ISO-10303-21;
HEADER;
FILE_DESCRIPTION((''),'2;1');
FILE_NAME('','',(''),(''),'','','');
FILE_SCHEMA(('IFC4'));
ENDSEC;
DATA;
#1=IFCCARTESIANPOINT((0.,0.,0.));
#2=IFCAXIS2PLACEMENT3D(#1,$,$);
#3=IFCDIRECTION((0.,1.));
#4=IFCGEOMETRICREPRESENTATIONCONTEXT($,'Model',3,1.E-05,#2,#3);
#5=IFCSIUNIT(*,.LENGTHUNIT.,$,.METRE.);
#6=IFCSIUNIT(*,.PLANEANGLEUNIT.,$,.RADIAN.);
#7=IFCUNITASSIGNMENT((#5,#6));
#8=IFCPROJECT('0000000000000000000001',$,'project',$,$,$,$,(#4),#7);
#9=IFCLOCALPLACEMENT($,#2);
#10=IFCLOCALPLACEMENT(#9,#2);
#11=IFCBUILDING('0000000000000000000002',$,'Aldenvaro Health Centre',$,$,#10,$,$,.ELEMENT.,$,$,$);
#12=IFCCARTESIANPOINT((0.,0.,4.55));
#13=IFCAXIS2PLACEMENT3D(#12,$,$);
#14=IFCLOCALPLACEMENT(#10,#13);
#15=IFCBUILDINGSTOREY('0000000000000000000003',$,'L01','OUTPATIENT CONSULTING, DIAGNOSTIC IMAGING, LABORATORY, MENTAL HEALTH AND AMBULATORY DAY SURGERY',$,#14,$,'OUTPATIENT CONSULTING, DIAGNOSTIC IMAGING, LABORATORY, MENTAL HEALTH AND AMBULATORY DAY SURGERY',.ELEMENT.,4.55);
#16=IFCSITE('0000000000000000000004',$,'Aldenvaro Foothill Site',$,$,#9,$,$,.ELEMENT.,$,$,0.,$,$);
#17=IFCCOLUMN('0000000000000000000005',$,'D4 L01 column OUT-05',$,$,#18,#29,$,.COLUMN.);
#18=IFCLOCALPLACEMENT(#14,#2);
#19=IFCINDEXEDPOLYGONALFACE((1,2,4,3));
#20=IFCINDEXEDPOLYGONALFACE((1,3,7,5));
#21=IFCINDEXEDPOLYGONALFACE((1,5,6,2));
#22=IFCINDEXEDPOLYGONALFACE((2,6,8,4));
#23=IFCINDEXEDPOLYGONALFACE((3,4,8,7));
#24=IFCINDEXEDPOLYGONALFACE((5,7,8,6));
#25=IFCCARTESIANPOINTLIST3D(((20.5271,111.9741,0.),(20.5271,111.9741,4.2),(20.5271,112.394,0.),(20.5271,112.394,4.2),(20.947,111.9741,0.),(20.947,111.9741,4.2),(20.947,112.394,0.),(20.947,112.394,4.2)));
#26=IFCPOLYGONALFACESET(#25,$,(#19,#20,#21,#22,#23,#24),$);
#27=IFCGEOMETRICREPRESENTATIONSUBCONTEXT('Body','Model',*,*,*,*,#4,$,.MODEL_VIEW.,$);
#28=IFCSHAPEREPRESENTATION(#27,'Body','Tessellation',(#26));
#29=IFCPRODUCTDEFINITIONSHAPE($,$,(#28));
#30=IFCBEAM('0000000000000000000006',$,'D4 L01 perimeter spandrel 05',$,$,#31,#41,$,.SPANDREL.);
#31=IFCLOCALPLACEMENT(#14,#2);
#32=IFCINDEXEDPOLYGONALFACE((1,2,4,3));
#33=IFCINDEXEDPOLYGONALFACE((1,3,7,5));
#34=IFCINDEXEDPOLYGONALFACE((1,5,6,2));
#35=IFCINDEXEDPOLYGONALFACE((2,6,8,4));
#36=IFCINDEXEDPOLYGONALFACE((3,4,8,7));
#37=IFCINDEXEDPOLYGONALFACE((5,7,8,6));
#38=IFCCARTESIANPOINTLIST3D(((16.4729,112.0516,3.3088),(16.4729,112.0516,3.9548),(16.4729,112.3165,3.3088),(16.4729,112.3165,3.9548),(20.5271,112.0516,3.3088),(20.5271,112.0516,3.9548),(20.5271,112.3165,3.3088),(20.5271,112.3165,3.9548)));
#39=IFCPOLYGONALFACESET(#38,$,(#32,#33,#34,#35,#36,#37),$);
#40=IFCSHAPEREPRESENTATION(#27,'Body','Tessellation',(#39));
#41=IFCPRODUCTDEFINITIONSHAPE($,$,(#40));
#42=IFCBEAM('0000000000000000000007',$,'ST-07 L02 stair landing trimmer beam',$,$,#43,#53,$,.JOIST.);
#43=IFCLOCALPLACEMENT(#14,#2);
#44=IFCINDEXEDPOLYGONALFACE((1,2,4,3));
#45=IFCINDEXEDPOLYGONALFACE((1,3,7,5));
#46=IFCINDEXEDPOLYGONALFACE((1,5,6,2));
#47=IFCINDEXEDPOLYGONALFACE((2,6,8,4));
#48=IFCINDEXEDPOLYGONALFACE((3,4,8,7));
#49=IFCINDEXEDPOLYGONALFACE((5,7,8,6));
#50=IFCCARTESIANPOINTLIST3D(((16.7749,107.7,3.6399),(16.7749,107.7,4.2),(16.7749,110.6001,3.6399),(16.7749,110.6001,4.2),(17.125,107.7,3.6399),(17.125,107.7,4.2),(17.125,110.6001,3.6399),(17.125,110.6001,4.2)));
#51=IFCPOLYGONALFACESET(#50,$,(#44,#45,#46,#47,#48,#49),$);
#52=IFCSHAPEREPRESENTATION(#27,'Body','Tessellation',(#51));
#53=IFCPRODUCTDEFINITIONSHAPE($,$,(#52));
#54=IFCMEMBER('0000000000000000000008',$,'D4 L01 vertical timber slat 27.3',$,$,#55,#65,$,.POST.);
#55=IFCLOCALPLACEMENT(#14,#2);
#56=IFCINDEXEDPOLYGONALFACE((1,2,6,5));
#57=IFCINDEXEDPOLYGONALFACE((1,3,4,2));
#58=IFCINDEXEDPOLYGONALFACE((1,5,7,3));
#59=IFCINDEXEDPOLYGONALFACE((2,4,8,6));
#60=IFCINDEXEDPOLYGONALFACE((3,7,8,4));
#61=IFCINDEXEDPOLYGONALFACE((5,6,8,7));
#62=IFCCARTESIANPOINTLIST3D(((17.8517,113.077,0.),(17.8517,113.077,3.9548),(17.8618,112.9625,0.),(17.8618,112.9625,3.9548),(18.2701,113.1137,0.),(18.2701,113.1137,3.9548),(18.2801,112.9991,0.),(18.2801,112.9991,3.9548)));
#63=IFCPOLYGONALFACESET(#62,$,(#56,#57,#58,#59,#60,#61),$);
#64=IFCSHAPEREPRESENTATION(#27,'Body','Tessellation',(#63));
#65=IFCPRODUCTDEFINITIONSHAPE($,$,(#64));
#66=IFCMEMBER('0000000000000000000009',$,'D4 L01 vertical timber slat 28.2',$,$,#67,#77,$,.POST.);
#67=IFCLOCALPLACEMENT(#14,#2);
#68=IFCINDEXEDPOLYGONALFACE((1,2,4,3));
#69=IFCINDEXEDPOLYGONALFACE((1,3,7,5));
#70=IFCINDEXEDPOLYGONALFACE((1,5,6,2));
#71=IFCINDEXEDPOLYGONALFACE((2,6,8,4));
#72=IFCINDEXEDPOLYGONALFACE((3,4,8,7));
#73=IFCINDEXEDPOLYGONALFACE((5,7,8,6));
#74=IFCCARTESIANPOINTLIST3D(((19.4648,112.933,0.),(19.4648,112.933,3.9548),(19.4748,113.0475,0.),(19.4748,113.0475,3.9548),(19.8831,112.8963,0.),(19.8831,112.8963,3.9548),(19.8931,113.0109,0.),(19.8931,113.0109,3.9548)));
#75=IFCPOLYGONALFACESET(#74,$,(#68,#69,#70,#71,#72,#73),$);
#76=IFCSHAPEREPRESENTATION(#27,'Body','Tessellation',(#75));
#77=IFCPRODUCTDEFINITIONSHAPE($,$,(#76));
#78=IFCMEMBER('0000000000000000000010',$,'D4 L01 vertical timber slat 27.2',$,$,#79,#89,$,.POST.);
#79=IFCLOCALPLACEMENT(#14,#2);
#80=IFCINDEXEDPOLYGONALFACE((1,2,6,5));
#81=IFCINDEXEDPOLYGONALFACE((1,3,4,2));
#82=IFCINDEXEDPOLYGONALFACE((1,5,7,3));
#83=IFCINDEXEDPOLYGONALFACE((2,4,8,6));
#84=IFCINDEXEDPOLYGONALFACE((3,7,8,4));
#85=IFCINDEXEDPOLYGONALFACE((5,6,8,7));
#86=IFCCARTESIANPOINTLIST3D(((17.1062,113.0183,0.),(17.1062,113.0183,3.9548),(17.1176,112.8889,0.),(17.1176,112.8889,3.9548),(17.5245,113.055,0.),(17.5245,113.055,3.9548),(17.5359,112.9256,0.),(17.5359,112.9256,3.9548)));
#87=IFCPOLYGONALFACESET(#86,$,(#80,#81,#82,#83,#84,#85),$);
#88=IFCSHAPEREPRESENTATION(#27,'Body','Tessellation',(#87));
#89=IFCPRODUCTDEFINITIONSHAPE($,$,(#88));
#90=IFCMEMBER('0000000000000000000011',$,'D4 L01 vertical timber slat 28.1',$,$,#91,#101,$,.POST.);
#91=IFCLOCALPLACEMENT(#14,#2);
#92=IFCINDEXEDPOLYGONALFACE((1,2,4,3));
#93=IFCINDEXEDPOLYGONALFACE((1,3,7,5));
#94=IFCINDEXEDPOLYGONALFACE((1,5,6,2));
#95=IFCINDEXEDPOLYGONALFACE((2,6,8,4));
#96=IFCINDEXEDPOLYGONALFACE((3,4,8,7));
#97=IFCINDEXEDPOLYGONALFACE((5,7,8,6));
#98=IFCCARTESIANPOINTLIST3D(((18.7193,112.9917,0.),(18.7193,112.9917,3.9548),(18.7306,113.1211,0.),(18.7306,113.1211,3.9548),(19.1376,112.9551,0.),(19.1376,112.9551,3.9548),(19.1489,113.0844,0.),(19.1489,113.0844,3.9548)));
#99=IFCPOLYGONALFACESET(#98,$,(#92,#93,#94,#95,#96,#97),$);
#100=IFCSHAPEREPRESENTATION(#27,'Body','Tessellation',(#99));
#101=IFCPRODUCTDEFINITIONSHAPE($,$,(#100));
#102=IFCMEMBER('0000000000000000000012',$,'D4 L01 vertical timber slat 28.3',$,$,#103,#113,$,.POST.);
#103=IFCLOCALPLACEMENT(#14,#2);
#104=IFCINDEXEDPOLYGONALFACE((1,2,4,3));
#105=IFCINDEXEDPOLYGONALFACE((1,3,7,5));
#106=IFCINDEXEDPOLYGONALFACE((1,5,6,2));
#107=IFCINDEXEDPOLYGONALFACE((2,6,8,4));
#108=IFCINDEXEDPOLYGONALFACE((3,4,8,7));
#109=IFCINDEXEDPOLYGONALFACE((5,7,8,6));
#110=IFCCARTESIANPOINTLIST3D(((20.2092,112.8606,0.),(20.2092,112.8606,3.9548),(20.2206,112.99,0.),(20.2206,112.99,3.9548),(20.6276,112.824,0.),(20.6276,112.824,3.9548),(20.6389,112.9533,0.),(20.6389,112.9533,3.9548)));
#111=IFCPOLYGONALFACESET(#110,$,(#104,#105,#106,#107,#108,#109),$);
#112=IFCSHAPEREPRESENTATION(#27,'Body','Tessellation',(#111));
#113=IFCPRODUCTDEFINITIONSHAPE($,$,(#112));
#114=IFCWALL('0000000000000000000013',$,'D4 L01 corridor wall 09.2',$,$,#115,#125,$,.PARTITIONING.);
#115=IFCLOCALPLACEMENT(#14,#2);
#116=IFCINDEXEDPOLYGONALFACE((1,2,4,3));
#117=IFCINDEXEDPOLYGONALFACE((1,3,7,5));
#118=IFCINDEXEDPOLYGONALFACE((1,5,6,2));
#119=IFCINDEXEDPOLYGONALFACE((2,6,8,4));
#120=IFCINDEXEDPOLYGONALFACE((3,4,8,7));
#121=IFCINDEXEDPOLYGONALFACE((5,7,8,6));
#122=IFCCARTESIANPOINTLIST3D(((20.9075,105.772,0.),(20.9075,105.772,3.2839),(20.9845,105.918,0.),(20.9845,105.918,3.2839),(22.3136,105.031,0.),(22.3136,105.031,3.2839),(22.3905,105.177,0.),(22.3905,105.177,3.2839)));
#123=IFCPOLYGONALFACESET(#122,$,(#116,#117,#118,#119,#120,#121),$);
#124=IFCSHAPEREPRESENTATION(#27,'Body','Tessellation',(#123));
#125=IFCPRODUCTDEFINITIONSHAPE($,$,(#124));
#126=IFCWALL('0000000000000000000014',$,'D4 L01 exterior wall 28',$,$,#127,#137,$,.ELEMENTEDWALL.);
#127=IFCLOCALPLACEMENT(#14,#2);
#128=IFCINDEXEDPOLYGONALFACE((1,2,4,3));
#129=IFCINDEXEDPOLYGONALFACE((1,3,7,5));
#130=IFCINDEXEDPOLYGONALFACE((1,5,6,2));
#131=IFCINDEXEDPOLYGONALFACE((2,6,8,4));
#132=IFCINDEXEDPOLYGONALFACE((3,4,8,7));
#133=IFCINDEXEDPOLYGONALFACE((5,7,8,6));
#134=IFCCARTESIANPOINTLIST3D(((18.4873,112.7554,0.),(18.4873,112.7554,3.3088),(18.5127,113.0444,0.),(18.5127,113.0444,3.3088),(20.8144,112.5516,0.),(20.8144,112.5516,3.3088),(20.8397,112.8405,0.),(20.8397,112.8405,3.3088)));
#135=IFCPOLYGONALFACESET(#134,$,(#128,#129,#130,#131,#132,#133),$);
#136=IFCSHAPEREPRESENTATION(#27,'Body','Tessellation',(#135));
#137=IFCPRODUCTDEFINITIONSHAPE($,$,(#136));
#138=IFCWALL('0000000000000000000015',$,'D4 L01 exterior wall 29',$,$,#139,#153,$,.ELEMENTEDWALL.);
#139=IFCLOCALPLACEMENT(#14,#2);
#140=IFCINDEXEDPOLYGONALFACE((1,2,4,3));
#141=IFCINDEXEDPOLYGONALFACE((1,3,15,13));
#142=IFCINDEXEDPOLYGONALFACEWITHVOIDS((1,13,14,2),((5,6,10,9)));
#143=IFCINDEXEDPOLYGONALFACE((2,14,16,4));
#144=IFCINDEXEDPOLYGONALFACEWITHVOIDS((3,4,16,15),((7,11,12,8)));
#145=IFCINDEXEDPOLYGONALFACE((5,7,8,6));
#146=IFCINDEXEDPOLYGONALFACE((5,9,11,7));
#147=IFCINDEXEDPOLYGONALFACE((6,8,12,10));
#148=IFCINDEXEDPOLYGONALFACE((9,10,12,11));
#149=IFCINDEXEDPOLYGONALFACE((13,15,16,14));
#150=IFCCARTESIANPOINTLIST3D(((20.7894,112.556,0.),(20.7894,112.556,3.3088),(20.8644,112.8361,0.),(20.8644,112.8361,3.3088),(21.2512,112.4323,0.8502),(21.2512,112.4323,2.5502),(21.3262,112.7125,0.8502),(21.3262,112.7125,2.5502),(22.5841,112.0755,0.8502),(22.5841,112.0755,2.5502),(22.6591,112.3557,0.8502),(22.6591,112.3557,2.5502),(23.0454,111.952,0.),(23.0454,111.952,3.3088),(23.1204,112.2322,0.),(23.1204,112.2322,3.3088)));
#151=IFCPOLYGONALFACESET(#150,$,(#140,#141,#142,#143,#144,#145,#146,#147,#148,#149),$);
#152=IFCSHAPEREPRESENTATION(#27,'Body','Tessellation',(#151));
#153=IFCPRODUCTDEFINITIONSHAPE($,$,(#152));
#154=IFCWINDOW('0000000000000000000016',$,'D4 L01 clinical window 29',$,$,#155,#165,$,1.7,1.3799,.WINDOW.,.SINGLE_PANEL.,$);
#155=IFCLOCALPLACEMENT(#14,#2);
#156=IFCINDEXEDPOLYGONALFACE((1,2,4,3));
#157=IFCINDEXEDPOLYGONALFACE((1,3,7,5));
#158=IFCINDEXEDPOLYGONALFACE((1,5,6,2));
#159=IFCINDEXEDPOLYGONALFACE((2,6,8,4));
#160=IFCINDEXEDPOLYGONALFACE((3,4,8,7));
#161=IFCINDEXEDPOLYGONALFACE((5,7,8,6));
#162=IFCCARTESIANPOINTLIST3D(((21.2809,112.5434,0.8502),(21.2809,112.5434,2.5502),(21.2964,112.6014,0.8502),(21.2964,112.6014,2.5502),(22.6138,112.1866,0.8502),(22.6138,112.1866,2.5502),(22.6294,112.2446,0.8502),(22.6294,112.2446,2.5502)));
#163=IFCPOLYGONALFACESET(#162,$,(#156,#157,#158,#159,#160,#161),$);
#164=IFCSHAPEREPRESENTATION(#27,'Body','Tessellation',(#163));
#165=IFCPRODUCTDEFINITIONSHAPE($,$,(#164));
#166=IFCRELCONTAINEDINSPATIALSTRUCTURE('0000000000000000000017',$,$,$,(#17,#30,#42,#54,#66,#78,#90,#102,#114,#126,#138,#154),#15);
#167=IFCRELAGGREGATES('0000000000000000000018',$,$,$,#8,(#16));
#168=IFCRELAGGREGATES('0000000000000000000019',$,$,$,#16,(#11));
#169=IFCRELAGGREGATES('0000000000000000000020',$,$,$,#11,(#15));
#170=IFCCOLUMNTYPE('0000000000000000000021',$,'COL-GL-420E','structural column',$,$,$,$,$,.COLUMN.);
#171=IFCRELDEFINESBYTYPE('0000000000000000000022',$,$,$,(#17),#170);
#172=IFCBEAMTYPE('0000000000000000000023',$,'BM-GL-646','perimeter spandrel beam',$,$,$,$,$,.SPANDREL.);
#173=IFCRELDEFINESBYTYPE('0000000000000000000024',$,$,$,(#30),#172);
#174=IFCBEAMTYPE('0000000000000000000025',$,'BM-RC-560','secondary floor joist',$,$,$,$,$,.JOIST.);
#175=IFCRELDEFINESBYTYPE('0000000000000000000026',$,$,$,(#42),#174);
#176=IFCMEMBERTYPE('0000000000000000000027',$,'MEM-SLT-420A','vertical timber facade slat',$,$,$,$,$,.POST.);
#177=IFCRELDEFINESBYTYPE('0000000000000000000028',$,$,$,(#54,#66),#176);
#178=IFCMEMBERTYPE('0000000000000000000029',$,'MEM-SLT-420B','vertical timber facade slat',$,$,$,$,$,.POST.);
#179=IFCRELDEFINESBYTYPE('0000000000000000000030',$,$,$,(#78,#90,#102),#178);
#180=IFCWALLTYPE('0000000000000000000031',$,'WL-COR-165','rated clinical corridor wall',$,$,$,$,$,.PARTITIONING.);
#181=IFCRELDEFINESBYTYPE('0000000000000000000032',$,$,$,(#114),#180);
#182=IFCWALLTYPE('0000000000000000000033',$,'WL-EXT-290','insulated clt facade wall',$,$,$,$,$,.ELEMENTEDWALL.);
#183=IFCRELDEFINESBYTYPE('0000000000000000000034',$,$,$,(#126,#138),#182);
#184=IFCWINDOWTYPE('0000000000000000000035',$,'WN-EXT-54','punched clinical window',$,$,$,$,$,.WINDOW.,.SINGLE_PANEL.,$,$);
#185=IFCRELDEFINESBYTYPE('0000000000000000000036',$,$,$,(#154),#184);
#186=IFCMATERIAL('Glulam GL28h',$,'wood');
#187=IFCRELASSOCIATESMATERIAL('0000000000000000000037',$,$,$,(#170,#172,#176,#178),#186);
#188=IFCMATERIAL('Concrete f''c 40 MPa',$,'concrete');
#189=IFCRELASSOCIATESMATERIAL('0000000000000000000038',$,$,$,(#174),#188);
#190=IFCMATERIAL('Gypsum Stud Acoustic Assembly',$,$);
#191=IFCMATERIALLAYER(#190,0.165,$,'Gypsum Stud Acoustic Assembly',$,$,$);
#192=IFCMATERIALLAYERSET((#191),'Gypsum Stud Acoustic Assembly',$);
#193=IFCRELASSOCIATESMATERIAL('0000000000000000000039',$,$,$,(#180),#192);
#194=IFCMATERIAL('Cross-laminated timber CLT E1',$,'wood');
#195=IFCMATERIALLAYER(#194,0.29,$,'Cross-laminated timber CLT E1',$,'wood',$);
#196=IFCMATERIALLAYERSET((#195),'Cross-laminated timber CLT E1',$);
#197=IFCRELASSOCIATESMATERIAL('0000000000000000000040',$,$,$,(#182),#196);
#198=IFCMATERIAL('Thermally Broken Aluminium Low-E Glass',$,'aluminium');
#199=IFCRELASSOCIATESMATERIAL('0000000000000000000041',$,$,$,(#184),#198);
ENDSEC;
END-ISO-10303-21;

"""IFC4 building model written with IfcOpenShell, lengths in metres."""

from ifc_helpers import new_model, si_unit, direction, frame, frame_2d, origin, origin_2d, place, context, subcontext, project, spatial, rectangle, extrude, material, layer, layer_set, material_profile, profile_set, type_object, element, fill, save


model = new_model("IFC4")

# Units and contexts
model_context = context("Model", 3, precision=1e-05, world=origin(), true_north=direction((0.0, 1.0)))
body_context = subcontext(model_context, "Body", "Model", "MODEL_VIEW")
ifc_project = project(units=[si_unit("LENGTHUNIT", "METRE"), si_unit("PLANEANGLEUNIT", "RADIAN")], contexts=[model_context])

# Site, building, storey
site_placement = place(None, origin())
site = spatial("IfcSite", under=ifc_project, at=site_placement, Name="Aldenvaro Foothill Site", CompositionType="ELEMENT", RefElevation=0.0)
building_placement = place(site_placement, origin())
building = spatial("IfcBuilding", under=site, at=building_placement, Name="Aldenvaro Health Centre", CompositionType="ELEMENT")
storey_placement = place(building_placement, frame((0.0, 0.0, 4.55)))
storey = spatial("IfcBuildingStorey", under=building, at=storey_placement, Name="L01", Description="OUTPATIENT CONSULTING, DIAGNOSTIC IMAGING, LABORATORY, MENTAL HEALTH AND AMBULATORY DAY SURGERY", LongName="OUTPATIENT CONSULTING, DIAGNOSTIC IMAGING, LABORATORY, MENTAL HEALTH AND AMBULATORY DAY SURGERY", CompositionType="ELEMENT", Elevation=4.55)

# Column
ifc_material_1 = material(Name="Glulam GL28h", Category="wood")
ifc_material_profile_1 = material_profile(ifc_material_1, rectangle(XDim=0.4199, YDim=0.4199, at=origin_2d()), Name="GL 420x420", Category="wood")
ifc_profile_set_1 = profile_set([ifc_material_profile_1], Name="Glulam GL28h")
column_type = type_object("IfcColumnType", Name="COL-GL-420E", Description="structural column", PredefinedType="COLUMN", material=ifc_profile_set_1)
column_placement = place(storey_placement, frame((20.7371, 112.1841, 0.0), z_axis=(0.0, 0.0, 1.0), x_axis=(1.0, 0.0, 0.0)))
element("IfcColumn", 1, at=column_placement, inside=storey, type_object=column_type, Name="D4 L01 column OUT-05", PredefinedType="COLUMN", context=body_context, shape_type="SweptSolid", body=[
    extrude(rectangle(XDim=0.4199, YDim=0.4199, at=origin_2d()), origin(), (0.0, 0.0, 1.0), 4.2),
])

# Beams
ifc_material_profile_2 = material_profile(ifc_material_1, rectangle(XDim=0.2649, YDim=0.646, at=origin_2d()), Name="GL 265x646", Category="wood")
ifc_profile_set_2 = profile_set([ifc_material_profile_2], Name="Glulam GL28h")
beam_type_1 = type_object("IfcBeamType", Name="BM-GL-646", Description="perimeter spandrel beam", PredefinedType="SPANDREL", material=ifc_profile_set_2)
beam_1_placement = place(storey_placement, frame((20.5271, 112.1841, 3.6318), z_axis=(-1.0, 0.0, 0.0), x_axis=(0.0, -1.0, 0.0)))
element("IfcBeam", 2, at=beam_1_placement, inside=storey, type_object=beam_type_1, Name="D4 L01 perimeter spandrel 05", PredefinedType="SPANDREL", context=body_context, shape_type="SweptSolid", body=[
    extrude(rectangle(XDim=0.2649, YDim=0.646, at=origin_2d()), origin(), (0.0, 0.0, 1.0), 4.0542),
])
ifc_material_2 = material(Name="Concrete f'c 40 MPa", Category="concrete")
ifc_material_profile_3 = material_profile(ifc_material_2, rectangle(XDim=0.3501, YDim=0.5601, at=origin_2d()), Name="RC 350x560", Category="concrete")
ifc_profile_set_3 = profile_set([ifc_material_profile_3], Name="Concrete f'c 40 MPa")
beam_type_2 = type_object("IfcBeamType", Name="BM-RC-560", Description="secondary floor joist", PredefinedType="JOIST", material=ifc_profile_set_3)
beam_2_placement = place(storey_placement, frame((16.95, 107.7, 3.9199), z_axis=(0.0, 1.0, 0.0), x_axis=(-1.0, 0.0, 0.0)))
element("IfcBeam", 3, at=beam_2_placement, inside=storey, type_object=beam_type_2, Name="ST-07 L02 stair landing trimmer beam", PredefinedType="JOIST", context=body_context, shape_type="SweptSolid", body=[
    extrude(rectangle(XDim=0.3501, YDim=0.5601, at=origin_2d()), origin(), (0.0, 0.0, 1.0), 2.9001),
])

# Members
ifc_material_profile_4 = material_profile(ifc_material_1, rectangle(XDim=0.115, YDim=0.4199, at=origin_2d()), Name="GL 115x420", Category="wood")
ifc_profile_set_4 = profile_set([ifc_material_profile_4], Name="Glulam GL28h")
member_type_1 = type_object("IfcMemberType", Name="MEM-SLT-420A", Description="vertical timber facade slat", PredefinedType="POST", material=ifc_profile_set_4)
for number, where, z_axis, x_axis, name in (
    (4, (18.0659, 113.0381, 0.0), (0.0, 0.0, 1.0), (-0.087332, 0.996179, 0.0), "D4 L01 vertical timber slat 27.3"),
    (5, (19.679, 112.9719, 0.0), (0.0, 0.0, 1.0), (0.087332, 0.996179, 0.0), "D4 L01 vertical timber slat 28.2"),
):
    element("IfcMember", number, at=place(storey_placement, frame(where, z_axis=z_axis, x_axis=x_axis)), inside=storey, type_object=member_type_1, Name=name, PredefinedType="POST", context=body_context, shape_type="SweptSolid", body=[
        extrude(rectangle(XDim=0.115, YDim=0.4199, at=origin_2d()), origin(), (0.0, 0.0, 1.0), 3.9548),
    ])
ifc_material_profile_5 = material_profile(ifc_material_1, rectangle(XDim=0.1299, YDim=0.4199, at=origin_2d()), Name="GL 130x420", Category="wood")
ifc_profile_set_5 = profile_set([ifc_material_profile_5], Name="Glulam GL28h")
member_type_2 = type_object("IfcMemberType", Name="MEM-SLT-420B", Description="vertical timber facade slat", PredefinedType="POST", material=ifc_profile_set_5)
for number, where, z_axis, x_axis, name in (
    (6, (17.321, 112.9719, 0.0), (0.0, 0.0, 1.0), (-0.087332, 0.996179, 0.0), "D4 L01 vertical timber slat 27.2"),
    (7, (18.9341, 113.0381, 0.0), (0.0, 0.0, 1.0), (0.087332, 0.996179, 0.0), "D4 L01 vertical timber slat 28.1"),
    (8, (20.4241, 112.907, 0.0), (0.0, 0.0, 1.0), (0.087332, 0.996179, 0.0), "D4 L01 vertical timber slat 28.3"),
):
    element("IfcMember", number, at=place(storey_placement, frame(where, z_axis=z_axis, x_axis=x_axis)), inside=storey, type_object=member_type_2, Name=name, PredefinedType="POST", context=body_context, shape_type="SweptSolid", body=[
        extrude(rectangle(XDim=0.1299, YDim=0.4199, at=origin_2d()), origin(), (0.0, 0.0, 1.0), 3.9548),
    ])

# Walls
ifc_material_3 = material(Name="Gypsum Stud Acoustic Assembly")
ifc_layer_1 = layer(ifc_material_3, 0.165, Name="Gypsum Stud Acoustic Assembly")
ifc_layer_set_1 = layer_set([ifc_layer_1], Name="Gypsum Stud Acoustic Assembly")
wall_type_1 = type_object("IfcWallType", Name="WL-COR-165", Description="rated clinical corridor wall", PredefinedType="PARTITIONING", material=ifc_layer_set_1)
wall_1_placement = place(storey_placement, frame((22.3521, 105.104, 0.0), z_axis=(0.0, 0.0, 1.0), x_axis=(-0.884668, 0.466221, 0.0)))
element("IfcWall", 9, at=wall_1_placement, inside=storey, type_object=wall_type_1, Name="D4 L01 corridor wall 09.2", PredefinedType="PARTITIONING", context=body_context, shape_type="SweptSolid", body=[
    extrude(rectangle(XDim=1.5894, YDim=0.165, at=frame_2d((0.7947, 0.0))), origin(), (0.0, 0.0, 1.0), 3.2839),
])
ifc_material_4 = material(Name="Cross-laminated timber CLT E1", Category="wood")
ifc_layer_2 = layer(ifc_material_4, 0.29, Name="Cross-laminated timber CLT E1", Category="wood")
ifc_layer_set_2 = layer_set([ifc_layer_2], Name="Cross-laminated timber CLT E1")
wall_type_2 = type_object("IfcWallType", Name="WL-EXT-290", Description="insulated clt facade wall", PredefinedType="ELEMENTEDWALL", material=ifc_layer_set_2)
wall_2_placement = place(storey_placement, frame((18.5, 112.8999, 0.0), z_axis=(0.0, 0.0, 1.0), x_axis=(0.996184, -0.087275, 0.0)))
element("IfcWall", 10, at=wall_2_placement, inside=storey, type_object=wall_type_2, Name="D4 L01 exterior wall 28", PredefinedType="ELEMENTEDWALL", context=body_context, shape_type="SweptSolid", body=[
    extrude(rectangle(XDim=2.3359, YDim=0.29, at=frame_2d((1.168, 0.0))), origin(), (0.0, 0.0, 1.0), 3.3088),
])

# Wall, opening, window
wall_3_placement = place(storey_placement, frame((20.8269, 112.696, 0.0), z_axis=(0.0, 0.0, 1.0), x_axis=(0.965981, -0.258612, 0.0)))
wall_3 = element("IfcWall", 11, at=wall_3_placement, inside=storey, type_object=wall_type_2, Name="D4 L01 exterior wall 29", PredefinedType="ELEMENTEDWALL", context=body_context, shape_type="SweptSolid", body=[
    extrude(rectangle(XDim=2.3354, YDim=0.29, at=frame_2d((1.1677, 0.0))), origin(), (0.0, 0.0, 1.0), 3.3088),
])
opening_1_placement = place(wall_3_placement, frame((0.478, 0.0, 0.8501)))
opening_1 = element("IfcOpeningElement", 12, at=opening_1_placement, cuts=wall_3, PredefinedType="OPENING", context=body_context, shape_type="SweptSolid", body=[
    extrude(rectangle(XDim=1.3799, YDim=1.7, at=frame_2d((0.6899, 0.8501))), frame((0.0, 0.155, 0.0), z_axis=(0.0, -1.0, 0.0), x_axis=(1.0, 0.0, 0.0)), (0.0, 0.0, 1.0), 0.3101),
])
ifc_material_5 = material(Name="Thermally Broken Aluminium Low-E Glass", Category="aluminium")
window_type_1 = type_object("IfcWindowType", Name="WN-EXT-54", Description="punched clinical window", PartitioningType="SINGLE_PANEL", PredefinedType="WINDOW", material=ifc_material_5)
window_1_placement = place(opening_1_placement, origin())
window_1 = element("IfcWindow", 13, at=window_1_placement, inside=storey, type_object=window_type_1, Name="D4 L01 clinical window 29", OverallHeight=1.7, OverallWidth=1.3799, PartitioningType="SINGLE_PANEL", PredefinedType="WINDOW", context=body_context, shape_type="SweptSolid", body=[
    extrude(rectangle(XDim=1.3799, YDim=1.7, at=frame_2d((0.6899, 0.8501))), frame((0.0, 0.03, 0.0), z_axis=(0.0, -1.0, 0.0), x_axis=(1.0, 0.0, 0.0)), (0.0, 0.0, 1.0), 0.0601),
])
fill(opening_1, window_1)

save(model, "model.ifc")
